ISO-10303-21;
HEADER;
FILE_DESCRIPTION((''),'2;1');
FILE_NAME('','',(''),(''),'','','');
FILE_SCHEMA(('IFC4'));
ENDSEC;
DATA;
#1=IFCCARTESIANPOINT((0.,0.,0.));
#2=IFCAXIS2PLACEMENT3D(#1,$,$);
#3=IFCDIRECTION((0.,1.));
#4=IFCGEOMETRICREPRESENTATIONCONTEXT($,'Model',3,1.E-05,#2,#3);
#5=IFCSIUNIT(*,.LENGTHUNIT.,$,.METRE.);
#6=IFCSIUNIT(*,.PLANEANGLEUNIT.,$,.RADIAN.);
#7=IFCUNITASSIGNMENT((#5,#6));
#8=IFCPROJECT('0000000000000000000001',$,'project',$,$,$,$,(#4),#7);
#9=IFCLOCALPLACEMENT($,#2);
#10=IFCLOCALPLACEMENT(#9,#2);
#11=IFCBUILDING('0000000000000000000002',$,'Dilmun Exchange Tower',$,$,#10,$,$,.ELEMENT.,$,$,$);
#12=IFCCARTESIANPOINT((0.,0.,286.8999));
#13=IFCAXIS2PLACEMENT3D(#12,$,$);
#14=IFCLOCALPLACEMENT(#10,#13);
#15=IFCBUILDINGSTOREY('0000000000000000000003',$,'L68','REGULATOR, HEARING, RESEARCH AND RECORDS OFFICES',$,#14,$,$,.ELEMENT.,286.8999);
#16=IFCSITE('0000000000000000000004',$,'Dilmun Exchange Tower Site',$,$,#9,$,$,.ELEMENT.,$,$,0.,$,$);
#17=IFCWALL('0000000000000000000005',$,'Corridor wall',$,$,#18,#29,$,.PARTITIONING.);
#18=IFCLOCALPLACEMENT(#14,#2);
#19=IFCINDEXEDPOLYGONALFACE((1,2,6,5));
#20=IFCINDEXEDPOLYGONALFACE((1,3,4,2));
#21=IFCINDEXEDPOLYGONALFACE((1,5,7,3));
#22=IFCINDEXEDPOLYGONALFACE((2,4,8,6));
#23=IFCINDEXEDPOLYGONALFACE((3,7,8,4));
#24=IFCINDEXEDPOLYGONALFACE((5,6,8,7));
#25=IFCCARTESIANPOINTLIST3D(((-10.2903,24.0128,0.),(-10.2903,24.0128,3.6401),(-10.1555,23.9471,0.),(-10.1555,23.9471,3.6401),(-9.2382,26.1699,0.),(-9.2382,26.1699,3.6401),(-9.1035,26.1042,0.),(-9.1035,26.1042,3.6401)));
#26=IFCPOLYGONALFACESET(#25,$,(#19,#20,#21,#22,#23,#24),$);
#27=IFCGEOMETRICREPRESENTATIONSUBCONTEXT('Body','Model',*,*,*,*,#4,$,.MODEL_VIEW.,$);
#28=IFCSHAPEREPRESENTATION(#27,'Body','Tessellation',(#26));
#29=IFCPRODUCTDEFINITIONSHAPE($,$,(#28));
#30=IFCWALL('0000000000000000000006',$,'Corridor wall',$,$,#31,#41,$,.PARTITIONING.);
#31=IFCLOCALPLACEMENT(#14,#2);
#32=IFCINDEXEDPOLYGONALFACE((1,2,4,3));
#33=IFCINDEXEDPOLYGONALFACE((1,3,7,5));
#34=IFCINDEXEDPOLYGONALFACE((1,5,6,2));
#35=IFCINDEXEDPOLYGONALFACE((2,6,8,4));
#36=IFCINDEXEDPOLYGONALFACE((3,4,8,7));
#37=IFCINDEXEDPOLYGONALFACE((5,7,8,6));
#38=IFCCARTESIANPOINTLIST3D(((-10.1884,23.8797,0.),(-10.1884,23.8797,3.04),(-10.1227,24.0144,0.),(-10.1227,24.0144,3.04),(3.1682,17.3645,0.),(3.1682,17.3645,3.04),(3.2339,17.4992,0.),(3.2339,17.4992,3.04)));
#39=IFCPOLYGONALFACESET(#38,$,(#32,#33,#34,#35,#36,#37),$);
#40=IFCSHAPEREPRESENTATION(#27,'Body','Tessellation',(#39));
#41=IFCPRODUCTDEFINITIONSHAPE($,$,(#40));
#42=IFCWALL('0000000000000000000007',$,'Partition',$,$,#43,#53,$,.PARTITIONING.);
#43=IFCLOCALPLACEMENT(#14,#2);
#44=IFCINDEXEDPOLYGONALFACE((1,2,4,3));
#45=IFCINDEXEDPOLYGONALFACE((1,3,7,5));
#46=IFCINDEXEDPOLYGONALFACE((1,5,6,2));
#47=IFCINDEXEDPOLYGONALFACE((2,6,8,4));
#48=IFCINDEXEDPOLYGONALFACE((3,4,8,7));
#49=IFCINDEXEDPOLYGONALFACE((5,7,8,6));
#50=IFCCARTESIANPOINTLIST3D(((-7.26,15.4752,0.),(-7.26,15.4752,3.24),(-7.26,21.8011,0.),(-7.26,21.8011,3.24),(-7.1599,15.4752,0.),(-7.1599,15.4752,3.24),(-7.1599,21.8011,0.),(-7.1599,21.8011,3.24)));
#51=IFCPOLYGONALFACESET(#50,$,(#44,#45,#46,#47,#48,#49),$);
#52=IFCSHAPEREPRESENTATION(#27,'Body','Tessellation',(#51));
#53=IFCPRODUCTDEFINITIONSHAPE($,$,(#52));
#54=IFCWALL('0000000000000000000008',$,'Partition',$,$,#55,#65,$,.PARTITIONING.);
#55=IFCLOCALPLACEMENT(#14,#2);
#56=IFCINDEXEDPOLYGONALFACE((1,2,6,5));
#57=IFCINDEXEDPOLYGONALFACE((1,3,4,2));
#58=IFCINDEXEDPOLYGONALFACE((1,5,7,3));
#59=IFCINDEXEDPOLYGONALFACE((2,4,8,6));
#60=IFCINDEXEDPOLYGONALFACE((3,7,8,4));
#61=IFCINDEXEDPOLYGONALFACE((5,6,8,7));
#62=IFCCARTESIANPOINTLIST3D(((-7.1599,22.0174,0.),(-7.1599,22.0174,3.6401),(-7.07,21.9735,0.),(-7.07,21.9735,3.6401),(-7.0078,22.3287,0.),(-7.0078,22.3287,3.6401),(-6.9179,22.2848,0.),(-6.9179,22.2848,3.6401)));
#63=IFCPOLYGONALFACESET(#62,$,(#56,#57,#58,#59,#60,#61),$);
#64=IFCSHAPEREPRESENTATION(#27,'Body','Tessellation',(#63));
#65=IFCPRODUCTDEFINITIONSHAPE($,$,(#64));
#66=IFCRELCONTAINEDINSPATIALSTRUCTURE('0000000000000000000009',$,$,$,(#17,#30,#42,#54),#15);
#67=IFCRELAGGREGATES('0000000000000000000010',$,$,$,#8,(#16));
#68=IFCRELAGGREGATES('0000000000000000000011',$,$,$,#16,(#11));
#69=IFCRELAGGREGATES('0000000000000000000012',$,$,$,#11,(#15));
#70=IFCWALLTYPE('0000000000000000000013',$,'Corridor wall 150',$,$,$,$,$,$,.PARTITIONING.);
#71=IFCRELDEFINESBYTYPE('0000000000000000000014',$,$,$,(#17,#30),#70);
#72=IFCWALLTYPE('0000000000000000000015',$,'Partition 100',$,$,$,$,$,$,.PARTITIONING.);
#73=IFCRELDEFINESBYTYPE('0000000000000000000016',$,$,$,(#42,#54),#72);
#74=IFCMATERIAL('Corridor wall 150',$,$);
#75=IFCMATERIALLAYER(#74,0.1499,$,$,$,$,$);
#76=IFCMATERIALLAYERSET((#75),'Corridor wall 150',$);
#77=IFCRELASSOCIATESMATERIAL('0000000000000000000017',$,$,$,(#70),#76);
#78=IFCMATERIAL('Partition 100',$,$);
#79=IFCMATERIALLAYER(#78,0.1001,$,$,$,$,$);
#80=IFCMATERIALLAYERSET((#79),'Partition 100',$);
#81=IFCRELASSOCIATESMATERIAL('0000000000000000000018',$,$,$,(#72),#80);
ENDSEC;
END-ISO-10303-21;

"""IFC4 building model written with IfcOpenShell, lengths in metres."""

from ifc_helpers import new_model, si_unit, direction, frame, frame_2d, origin, place, context, subcontext, project, spatial, rectangle, extrude, material, layer, layer_set, type_object, element, save


model = new_model("IFC4")

# Units and contexts
model_context = context("Model", 3, precision=1e-05, world=origin(), true_north=direction((0.0, 1.0)))
body_context = subcontext(model_context, "Body", "Model", "MODEL_VIEW")
ifc_project = project(units=[si_unit("LENGTHUNIT", "METRE"), si_unit("PLANEANGLEUNIT", "RADIAN")], contexts=[model_context])

# Site, building, storey
site_placement = place(None, origin())
site = spatial("IfcSite", under=ifc_project, at=site_placement, Name="Dilmun Exchange Tower Site", CompositionType="ELEMENT", RefElevation=0.0)
building_placement = place(site_placement, origin())
building = spatial("IfcBuilding", under=site, at=building_placement, Name="Dilmun Exchange Tower", CompositionType="ELEMENT")
storey_placement = place(building_placement, frame((0.0, 0.0, 286.8999)))
storey = spatial("IfcBuildingStorey", under=building, at=storey_placement, Name="L68", Description="REGULATOR, HEARING, RESEARCH AND RECORDS OFFICES", CompositionType="ELEMENT", Elevation=286.8999)

# Shared definitions
ifc_material_1 = material(Name="Corridor wall 150")
ifc_layer_1 = layer(ifc_material_1, 0.1499)
ifc_layer_set_1 = layer_set([ifc_layer_1], Name="Corridor wall 150")
wall_type_1 = type_object("IfcWallType", Name="Corridor wall 150", PredefinedType="PARTITIONING", material=ifc_layer_set_1)

# Walls
wall_1_placement = place(storey_placement, frame((-10.2229, 23.98, 0.0), z_axis=(0.0, 0.0, 1.0), x_axis=(0.438361, 0.898799, 0.0)))
element("IfcWall", 1, at=wall_1_placement, inside=storey, type_object=wall_type_1, Name="Corridor wall", PredefinedType="PARTITIONING", context=body_context, shape_type="SweptSolid", body=[
    extrude(rectangle(XDim=2.3999, YDim=0.1499, at=frame_2d((1.2, 0.0))), origin(), (0.0, 0.0, 1.0), 3.6401),
])
wall_2_placement = place(storey_placement, frame((-10.1555, 23.947, 0.0), z_axis=(0.0, 0.0, 1.0), x_axis=(0.898774, -0.438413, 0.0)))
element("IfcWall", 2, at=wall_2_placement, inside=storey, type_object=wall_type_1, Name="Corridor wall", PredefinedType="PARTITIONING", context=body_context, shape_type="SweptSolid", body=[
    extrude(rectangle(XDim=14.8608, YDim=0.1499, at=frame_2d((7.4304, 0.0))), origin(), (0.0, 0.0, 1.0), 3.04),
])
ifc_material_2 = material(Name="Partition 100")
ifc_layer_2 = layer(ifc_material_2, 0.1001)
ifc_layer_set_2 = layer_set([ifc_layer_2], Name="Partition 100")
wall_type_2 = type_object("IfcWallType", Name="Partition 100", PredefinedType="PARTITIONING", material=ifc_layer_set_2)
wall_3_placement = place(storey_placement, frame((-7.21, 15.4751, 0.0), z_axis=(0.0, 0.0, 1.0), x_axis=(0.0, 1.0, 0.0)))
element("IfcWall", 3, at=wall_3_placement, inside=storey, type_object=wall_type_2, Name="Partition", PredefinedType="PARTITIONING", context=body_context, shape_type="SweptSolid", body=[
    extrude(rectangle(XDim=6.3259, YDim=0.1001, at=frame_2d((3.1631, 0.0))), origin(), (0.0, 0.0, 1.0), 3.24),
])
wall_4_placement = place(storey_placement, frame((-7.115, 21.9954, 0.0), z_axis=(0.0, 0.0, 1.0), x_axis=(0.439021, 0.898477, 0.0)))
element("IfcWall", 4, at=wall_4_placement, inside=storey, type_object=wall_type_2, Name="Partition", PredefinedType="PARTITIONING", context=body_context, shape_type="SweptSolid", body=[
    extrude(rectangle(XDim=0.3464, YDim=0.1001, at=frame_2d((0.1733, 0.0))), origin(), (0.0, 0.0, 1.0), 3.6401),
])

save(model, "model.ifc")
